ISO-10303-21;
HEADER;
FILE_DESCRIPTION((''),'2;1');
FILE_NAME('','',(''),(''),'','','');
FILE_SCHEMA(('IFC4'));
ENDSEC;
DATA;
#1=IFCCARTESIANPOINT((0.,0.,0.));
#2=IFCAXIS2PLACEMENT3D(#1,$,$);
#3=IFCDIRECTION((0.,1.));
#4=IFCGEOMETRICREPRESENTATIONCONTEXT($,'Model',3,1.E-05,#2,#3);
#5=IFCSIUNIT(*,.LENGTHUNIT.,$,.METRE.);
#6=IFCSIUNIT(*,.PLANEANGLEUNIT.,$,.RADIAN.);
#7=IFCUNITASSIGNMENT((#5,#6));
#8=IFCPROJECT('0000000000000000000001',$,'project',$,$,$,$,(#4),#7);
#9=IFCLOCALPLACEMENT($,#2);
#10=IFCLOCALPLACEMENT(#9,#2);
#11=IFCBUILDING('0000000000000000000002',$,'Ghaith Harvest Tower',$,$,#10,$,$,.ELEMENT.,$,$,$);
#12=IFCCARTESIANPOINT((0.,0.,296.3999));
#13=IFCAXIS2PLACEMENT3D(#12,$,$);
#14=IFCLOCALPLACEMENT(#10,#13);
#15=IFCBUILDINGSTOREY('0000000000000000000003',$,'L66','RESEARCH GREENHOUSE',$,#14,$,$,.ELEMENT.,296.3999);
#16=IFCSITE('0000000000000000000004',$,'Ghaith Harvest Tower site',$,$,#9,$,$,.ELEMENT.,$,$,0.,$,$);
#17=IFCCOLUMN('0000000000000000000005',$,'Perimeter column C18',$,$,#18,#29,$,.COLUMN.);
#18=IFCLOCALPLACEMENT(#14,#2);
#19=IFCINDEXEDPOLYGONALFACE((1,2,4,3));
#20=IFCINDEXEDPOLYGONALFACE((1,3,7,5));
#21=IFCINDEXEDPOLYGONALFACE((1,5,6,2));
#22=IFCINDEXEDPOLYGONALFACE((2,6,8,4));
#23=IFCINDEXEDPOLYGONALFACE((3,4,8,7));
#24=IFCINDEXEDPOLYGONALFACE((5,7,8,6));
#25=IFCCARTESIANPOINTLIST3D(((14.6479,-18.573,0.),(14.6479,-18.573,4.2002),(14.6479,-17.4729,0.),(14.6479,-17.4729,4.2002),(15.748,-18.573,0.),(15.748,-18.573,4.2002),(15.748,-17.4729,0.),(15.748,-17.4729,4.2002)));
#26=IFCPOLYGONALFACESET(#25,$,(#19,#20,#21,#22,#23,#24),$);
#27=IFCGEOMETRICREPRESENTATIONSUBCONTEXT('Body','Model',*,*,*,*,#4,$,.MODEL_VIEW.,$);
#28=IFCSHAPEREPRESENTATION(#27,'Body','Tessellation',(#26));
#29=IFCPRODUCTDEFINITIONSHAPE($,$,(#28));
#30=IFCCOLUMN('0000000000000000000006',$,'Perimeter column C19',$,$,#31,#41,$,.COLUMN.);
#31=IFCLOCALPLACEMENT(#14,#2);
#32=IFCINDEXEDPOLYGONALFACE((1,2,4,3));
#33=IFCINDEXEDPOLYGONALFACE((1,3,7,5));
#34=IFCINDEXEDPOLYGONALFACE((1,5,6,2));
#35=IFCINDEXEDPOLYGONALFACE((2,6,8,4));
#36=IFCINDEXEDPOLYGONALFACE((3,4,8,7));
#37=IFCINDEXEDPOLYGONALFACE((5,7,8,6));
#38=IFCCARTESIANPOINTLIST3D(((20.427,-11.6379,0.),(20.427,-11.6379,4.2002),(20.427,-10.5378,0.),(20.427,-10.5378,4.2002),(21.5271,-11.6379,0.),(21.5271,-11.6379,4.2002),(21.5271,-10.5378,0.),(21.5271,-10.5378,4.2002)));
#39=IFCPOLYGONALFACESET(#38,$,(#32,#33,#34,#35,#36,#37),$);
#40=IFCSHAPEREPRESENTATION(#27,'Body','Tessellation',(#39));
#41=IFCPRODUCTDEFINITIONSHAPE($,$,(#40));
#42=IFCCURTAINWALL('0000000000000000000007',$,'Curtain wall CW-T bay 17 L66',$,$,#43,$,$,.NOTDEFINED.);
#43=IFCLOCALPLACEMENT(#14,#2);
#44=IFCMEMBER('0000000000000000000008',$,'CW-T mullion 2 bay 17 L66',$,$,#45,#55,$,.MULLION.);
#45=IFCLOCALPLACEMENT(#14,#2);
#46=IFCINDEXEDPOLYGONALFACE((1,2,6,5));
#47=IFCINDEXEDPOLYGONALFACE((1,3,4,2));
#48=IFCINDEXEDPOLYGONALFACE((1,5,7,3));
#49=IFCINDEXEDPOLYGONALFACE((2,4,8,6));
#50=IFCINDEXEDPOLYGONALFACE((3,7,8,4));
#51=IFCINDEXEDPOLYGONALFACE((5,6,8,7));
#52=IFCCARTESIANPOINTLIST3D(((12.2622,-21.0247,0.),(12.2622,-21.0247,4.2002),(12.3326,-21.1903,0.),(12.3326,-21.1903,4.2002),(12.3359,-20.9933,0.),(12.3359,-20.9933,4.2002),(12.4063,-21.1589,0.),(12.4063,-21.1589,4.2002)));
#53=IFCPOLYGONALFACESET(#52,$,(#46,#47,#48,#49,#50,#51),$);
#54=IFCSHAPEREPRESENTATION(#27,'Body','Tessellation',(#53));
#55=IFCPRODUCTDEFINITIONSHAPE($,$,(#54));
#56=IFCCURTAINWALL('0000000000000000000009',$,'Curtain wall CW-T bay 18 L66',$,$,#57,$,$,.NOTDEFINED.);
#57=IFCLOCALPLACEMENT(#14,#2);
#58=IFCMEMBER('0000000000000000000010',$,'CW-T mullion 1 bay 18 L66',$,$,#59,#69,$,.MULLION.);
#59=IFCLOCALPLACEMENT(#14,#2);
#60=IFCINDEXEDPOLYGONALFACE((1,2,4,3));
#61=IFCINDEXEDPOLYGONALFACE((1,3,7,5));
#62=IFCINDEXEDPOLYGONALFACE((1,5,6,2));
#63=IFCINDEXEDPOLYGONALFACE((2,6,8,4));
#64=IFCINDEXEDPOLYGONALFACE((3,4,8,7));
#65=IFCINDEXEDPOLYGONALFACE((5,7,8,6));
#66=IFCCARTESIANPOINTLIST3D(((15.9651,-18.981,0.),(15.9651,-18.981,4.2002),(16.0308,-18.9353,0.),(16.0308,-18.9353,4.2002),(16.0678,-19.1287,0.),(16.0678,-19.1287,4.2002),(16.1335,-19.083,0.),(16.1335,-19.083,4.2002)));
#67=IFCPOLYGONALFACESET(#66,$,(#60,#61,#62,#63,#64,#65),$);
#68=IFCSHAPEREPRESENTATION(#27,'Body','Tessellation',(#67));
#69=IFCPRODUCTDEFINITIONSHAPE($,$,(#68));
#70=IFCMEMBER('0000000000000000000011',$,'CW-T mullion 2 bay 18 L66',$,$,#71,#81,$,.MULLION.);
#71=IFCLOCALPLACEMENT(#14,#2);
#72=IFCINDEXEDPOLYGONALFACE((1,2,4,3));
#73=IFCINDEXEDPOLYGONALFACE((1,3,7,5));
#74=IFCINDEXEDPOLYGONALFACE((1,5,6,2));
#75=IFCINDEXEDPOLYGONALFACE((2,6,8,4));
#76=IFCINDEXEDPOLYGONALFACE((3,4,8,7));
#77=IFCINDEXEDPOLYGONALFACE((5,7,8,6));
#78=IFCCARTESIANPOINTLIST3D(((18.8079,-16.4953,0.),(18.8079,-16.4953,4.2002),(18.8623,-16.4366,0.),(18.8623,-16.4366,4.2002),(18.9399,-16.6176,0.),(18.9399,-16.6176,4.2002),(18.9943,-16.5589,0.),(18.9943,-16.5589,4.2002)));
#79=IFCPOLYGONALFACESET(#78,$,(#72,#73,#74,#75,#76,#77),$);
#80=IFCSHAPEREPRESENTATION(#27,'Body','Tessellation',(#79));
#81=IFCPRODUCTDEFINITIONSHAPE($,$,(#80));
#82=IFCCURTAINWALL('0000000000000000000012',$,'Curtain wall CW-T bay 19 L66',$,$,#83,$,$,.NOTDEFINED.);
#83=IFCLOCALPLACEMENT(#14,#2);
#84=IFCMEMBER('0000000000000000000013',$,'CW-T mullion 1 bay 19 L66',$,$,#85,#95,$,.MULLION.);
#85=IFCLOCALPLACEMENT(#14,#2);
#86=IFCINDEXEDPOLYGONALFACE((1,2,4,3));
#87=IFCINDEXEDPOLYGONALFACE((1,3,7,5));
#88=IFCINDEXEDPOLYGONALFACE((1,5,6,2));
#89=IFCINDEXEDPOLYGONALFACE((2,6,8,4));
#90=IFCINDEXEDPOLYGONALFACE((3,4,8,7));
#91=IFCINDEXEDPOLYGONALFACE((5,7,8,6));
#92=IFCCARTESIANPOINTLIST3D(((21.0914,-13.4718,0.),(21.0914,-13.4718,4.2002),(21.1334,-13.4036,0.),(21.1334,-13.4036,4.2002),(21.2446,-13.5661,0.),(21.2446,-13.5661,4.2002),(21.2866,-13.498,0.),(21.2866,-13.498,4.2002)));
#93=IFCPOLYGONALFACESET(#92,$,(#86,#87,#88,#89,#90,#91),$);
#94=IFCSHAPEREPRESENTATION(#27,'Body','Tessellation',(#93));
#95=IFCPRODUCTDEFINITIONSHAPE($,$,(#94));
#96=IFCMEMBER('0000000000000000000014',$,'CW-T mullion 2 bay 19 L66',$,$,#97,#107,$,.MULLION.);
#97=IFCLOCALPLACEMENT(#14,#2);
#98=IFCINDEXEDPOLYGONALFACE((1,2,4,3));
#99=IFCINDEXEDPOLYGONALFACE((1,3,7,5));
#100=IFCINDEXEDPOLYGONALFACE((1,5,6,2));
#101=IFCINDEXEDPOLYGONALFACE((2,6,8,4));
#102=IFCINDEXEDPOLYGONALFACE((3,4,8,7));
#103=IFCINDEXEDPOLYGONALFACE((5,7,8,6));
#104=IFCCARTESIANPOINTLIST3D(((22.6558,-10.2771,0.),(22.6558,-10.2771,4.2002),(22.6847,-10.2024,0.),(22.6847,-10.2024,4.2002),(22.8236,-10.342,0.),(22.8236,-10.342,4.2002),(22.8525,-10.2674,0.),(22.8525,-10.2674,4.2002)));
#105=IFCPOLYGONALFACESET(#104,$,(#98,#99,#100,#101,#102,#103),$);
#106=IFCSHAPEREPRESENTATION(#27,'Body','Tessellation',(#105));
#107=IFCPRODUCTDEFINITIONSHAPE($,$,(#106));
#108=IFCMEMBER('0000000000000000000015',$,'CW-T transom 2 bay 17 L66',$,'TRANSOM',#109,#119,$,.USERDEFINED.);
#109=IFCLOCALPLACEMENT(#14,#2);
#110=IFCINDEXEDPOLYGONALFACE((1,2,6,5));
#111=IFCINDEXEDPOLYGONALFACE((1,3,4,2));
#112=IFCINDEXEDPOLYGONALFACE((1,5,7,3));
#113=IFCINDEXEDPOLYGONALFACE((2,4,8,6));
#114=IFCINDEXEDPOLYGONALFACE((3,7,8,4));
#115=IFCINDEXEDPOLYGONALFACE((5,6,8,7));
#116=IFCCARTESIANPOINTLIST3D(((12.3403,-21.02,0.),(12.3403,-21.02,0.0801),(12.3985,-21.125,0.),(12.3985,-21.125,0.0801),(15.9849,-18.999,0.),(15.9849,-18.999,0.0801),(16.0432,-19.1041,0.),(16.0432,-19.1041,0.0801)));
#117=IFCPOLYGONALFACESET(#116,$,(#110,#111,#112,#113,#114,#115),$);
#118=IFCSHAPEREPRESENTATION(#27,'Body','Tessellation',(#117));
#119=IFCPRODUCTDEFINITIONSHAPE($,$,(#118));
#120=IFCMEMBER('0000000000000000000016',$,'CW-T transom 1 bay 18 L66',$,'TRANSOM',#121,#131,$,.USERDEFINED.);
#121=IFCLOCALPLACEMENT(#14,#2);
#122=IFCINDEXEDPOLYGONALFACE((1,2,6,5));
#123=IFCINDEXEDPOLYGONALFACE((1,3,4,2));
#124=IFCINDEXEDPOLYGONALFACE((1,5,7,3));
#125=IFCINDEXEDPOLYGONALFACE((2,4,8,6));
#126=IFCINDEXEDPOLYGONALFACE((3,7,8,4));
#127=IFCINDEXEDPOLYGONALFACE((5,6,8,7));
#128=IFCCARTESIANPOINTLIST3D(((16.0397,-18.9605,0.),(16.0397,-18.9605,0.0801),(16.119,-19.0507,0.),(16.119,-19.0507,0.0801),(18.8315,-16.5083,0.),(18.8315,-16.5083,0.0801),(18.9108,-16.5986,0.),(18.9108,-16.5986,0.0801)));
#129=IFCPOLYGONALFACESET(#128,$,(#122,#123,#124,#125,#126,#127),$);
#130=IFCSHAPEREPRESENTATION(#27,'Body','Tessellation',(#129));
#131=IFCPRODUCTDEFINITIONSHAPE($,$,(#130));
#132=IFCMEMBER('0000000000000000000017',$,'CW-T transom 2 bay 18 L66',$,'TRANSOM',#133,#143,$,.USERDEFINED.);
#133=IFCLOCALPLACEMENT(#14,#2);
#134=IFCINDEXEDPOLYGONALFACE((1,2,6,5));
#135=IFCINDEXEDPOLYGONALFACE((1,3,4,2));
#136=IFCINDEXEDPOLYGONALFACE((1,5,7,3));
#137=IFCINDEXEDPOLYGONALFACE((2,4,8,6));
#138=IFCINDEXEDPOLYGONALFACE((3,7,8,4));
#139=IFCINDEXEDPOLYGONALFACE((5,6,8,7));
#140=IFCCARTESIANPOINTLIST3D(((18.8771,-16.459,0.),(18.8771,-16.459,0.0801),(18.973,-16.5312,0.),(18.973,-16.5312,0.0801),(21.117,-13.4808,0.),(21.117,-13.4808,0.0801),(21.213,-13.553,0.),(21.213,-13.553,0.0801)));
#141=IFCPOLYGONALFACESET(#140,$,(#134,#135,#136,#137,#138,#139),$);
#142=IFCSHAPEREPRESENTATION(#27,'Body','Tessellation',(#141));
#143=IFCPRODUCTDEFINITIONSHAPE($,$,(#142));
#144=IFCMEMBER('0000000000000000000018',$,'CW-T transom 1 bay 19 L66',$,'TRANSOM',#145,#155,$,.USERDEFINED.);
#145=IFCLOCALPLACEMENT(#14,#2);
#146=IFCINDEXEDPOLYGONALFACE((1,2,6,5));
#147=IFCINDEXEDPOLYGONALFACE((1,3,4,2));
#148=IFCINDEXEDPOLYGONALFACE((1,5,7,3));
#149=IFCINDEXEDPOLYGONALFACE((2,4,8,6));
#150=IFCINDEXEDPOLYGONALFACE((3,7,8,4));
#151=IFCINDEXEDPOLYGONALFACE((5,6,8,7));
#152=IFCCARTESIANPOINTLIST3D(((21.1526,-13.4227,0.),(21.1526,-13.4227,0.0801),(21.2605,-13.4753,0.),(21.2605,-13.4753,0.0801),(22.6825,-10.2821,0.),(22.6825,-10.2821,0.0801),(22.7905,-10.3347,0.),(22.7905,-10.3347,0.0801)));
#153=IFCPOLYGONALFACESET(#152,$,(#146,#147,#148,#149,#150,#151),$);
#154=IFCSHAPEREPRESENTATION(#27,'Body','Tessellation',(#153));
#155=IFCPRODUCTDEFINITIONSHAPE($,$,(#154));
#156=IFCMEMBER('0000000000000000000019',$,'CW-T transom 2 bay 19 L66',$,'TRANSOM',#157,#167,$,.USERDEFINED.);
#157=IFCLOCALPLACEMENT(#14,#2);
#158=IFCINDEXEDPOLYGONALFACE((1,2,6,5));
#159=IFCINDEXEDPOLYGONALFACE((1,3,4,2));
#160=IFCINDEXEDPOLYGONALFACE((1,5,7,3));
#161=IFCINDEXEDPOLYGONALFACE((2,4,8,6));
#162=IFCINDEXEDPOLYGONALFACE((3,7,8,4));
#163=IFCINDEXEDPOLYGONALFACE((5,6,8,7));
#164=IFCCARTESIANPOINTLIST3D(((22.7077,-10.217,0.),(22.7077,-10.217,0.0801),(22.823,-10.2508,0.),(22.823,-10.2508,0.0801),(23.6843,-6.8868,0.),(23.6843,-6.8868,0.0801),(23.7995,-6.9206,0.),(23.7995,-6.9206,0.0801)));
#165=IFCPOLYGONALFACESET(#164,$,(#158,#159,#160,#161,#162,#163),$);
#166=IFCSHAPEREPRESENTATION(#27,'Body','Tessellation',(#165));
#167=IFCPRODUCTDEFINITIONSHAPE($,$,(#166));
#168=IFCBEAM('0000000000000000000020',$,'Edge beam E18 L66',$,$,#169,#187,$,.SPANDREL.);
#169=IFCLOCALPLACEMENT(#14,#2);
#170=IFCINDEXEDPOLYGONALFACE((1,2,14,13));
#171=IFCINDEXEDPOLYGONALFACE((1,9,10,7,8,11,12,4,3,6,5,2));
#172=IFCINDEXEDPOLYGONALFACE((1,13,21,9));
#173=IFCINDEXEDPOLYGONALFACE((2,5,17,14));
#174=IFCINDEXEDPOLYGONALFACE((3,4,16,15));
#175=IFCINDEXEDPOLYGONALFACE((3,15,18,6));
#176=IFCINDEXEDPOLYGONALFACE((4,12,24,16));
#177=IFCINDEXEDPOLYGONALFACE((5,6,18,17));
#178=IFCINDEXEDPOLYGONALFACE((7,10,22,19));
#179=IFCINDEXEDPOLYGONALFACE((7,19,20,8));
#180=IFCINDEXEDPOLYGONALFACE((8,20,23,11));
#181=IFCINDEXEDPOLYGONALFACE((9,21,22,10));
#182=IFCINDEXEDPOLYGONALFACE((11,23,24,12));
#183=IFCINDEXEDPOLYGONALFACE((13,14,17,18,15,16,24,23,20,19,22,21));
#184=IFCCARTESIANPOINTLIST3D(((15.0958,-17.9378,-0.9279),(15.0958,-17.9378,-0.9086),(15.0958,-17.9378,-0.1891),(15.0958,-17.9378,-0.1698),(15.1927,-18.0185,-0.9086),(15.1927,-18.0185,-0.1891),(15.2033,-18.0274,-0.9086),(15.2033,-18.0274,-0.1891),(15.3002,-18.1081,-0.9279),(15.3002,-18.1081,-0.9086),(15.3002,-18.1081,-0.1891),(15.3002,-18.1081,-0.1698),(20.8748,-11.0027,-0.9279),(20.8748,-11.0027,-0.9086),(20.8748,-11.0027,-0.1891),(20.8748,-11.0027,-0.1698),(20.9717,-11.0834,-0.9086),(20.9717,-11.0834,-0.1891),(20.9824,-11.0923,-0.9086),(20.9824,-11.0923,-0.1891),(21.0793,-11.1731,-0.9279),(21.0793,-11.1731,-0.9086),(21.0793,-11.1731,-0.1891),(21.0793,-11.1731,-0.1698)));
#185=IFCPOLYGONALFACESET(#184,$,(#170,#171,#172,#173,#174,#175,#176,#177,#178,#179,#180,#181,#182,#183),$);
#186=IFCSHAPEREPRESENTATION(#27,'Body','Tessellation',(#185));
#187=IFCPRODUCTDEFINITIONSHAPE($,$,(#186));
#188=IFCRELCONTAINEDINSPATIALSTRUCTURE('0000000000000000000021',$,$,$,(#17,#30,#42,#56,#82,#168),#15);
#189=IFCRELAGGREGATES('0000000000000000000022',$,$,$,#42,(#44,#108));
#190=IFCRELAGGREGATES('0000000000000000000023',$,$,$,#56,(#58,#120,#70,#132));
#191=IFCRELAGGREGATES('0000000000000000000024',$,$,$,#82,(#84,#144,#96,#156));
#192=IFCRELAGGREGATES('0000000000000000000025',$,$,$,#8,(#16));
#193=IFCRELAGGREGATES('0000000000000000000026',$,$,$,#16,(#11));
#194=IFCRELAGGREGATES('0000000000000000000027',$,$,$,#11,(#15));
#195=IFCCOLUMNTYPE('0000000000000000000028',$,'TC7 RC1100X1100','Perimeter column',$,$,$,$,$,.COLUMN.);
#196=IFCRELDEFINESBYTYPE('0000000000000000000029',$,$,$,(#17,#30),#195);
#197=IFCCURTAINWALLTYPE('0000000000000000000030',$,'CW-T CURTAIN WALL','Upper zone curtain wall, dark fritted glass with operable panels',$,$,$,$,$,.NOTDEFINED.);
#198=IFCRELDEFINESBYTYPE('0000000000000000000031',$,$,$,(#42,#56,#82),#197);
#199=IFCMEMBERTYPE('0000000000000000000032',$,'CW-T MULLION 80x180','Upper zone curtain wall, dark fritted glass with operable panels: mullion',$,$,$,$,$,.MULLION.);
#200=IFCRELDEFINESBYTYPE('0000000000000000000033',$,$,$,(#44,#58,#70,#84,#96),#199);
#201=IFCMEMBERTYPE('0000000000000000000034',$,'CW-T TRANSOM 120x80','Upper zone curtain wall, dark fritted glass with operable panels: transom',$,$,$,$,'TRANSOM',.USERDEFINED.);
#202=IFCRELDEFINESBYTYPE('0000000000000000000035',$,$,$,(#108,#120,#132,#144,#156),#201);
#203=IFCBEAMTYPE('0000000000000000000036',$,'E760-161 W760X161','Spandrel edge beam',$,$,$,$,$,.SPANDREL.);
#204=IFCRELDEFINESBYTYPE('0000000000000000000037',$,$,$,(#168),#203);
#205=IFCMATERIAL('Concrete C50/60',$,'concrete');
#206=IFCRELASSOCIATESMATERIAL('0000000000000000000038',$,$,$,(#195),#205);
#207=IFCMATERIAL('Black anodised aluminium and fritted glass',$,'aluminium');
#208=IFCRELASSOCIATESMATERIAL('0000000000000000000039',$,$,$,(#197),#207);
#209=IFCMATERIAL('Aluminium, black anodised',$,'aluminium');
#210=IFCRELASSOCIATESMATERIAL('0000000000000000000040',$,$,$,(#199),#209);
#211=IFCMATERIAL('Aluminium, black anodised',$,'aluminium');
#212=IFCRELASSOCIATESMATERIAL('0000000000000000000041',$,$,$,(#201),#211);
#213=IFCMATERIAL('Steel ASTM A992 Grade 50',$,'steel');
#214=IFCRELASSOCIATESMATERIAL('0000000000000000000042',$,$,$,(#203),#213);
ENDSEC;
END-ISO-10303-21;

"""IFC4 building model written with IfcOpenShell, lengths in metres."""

from ifc_helpers import new_model, si_unit, direction, frame, origin, origin_2d, place, context, subcontext, project, spatial, rectangle, i_section, extrude, material, material_profile, profile_set, type_object, element, aggregate, save


model = new_model("IFC4")

# Units and contexts
model_context = context("Model", 3, precision=1e-05, world=origin(), true_north=direction((0.0, 1.0)))
body_context = subcontext(model_context, "Body", "Model", "MODEL_VIEW")
ifc_project = project(units=[si_unit("LENGTHUNIT", "METRE"), si_unit("PLANEANGLEUNIT", "RADIAN")], contexts=[model_context])

# Site, building, storey
site_placement = place(None, origin())
site = spatial("IfcSite", under=ifc_project, at=site_placement, Name="Ghaith Harvest Tower site", CompositionType="ELEMENT", RefElevation=0.0)
building_placement = place(site_placement, origin())
building = spatial("IfcBuilding", under=site, at=building_placement, Name="Ghaith Harvest Tower", CompositionType="ELEMENT")
storey_placement = place(building_placement, frame((0.0, 0.0, 296.3999)))
storey = spatial("IfcBuildingStorey", under=building, at=storey_placement, Name="L66", Description="RESEARCH GREENHOUSE", CompositionType="ELEMENT", Elevation=296.3999)

# Columns
ifc_material_1 = material(Name="Concrete C50/60", Category="concrete")
ifc_material_profile_1 = material_profile(ifc_material_1, rectangle(XDim=1.1001, YDim=1.1001, at=origin_2d()), Name="RC1100X1100")
ifc_profile_set_1 = profile_set([ifc_material_profile_1], Name="Concrete C50/60")
column_type = type_object("IfcColumnType", Name="TC7 RC1100X1100", Description="Perimeter column", PredefinedType="COLUMN", material=ifc_profile_set_1)
for number, where, z_axis, x_axis, name in (
    (1, (15.198, -18.0229, 0.0), (0.0, 0.0, 1.0), (1.0, 0.0, 0.0), "Perimeter column C18"),
    (2, (20.9771, -11.0879, 0.0), (0.0, 0.0, 1.0), (1.0, 0.0, 0.0), "Perimeter column C19"),
):
    element("IfcColumn", number, at=place(storey_placement, frame(where, z_axis=z_axis, x_axis=x_axis)), inside=storey, type_object=column_type, Name=name, PredefinedType="COLUMN", context=body_context, shape_type="SweptSolid", body=[
        extrude(rectangle(XDim=1.1001, YDim=1.1001, at=origin_2d()), origin(), (0.0, 0.0, 1.0), 4.2002),
    ])

# Curtain wall, member
ifc_material_2 = material(Name="Black anodised aluminium and fritted glass", Category="aluminium")
curtain_wall_type = type_object("IfcCurtainWallType", Name="CW-T CURTAIN WALL", Description="Upper zone curtain wall, dark fritted glass with operable panels", PredefinedType="NOTDEFINED", material=ifc_material_2)
curtain_wall_1_placement = place(storey_placement, origin())
curtain_wall_1 = element("IfcCurtainWall", 3, at=curtain_wall_1_placement, inside=storey, type_object=curtain_wall_type, Name="Curtain wall CW-T bay 17 L66", PredefinedType="NOTDEFINED")
ifc_material_3 = material(Name="Aluminium, black anodised", Category="aluminium")
ifc_material_profile_2 = material_profile(ifc_material_3, rectangle(XDim=0.0801, YDim=0.1799, at=origin_2d()), Name="CW-T MULLION 80x180")
ifc_profile_set_2 = profile_set([ifc_material_profile_2], Name="Aluminium, black anodised")
member_type_1 = type_object("IfcMemberType", Name="CW-T MULLION 80x180", Description="Upper zone curtain wall, dark fritted glass with operable panels: mullion", PredefinedType="MULLION", material=ifc_profile_set_2)
member_1_placement = place(storey_placement, frame((12.3342, -21.0918, 0.0), z_axis=(0.0, 0.0, 1.0), x_axis=(0.920319, 0.391168, 0.0)))
member_1 = element("IfcMember", 4, at=member_1_placement, type_object=member_type_1, Name="CW-T mullion 2 bay 17 L66", PredefinedType="MULLION", context=body_context, shape_type="SweptSolid", body=[
    extrude(rectangle(XDim=0.0801, YDim=0.1799, at=origin_2d()), origin(), (0.0, 0.0, 1.0), 4.2002),
])

# Curtain walls, members
curtain_wall_2_placement = place(storey_placement, origin())
curtain_wall_2 = element("IfcCurtainWall", 5, at=curtain_wall_2_placement, inside=storey, type_object=curtain_wall_type, Name="Curtain wall CW-T bay 18 L66", PredefinedType="NOTDEFINED")
member_2_placement = place(storey_placement, frame((16.0493, -19.032, 0.0), z_axis=(0.0, 0.0, 1.0), x_axis=(0.821112, 0.570767, 0.0)))
member_2 = element("IfcMember", 6, at=member_2_placement, type_object=member_type_1, Name="CW-T mullion 1 bay 18 L66", PredefinedType="MULLION", context=body_context, shape_type="SweptSolid", body=[
    extrude(rectangle(XDim=0.0801, YDim=0.1799, at=origin_2d()), origin(), (0.0, 0.0, 1.0), 4.2002),
])
member_3_placement = place(storey_placement, frame((18.9011, -16.5271, 0.0), z_axis=(0.0, 0.0, 1.0), x_axis=(0.679661, 0.733526, 0.0)))
member_3 = element("IfcMember", 7, at=member_3_placement, type_object=member_type_1, Name="CW-T mullion 2 bay 18 L66", PredefinedType="MULLION", context=body_context, shape_type="SweptSolid", body=[
    extrude(rectangle(XDim=0.0801, YDim=0.1799, at=origin_2d()), origin(), (0.0, 0.0, 1.0), 4.2002),
])
curtain_wall_3_placement = place(storey_placement, origin())
curtain_wall_3 = element("IfcCurtainWall", 8, at=curtain_wall_3_placement, inside=storey, type_object=curtain_wall_type, Name="Curtain wall CW-T bay 19 L66", PredefinedType="NOTDEFINED")
member_4_placement = place(storey_placement, frame((21.189, -13.4849, 0.0), z_axis=(0.0, 0.0, 1.0), x_axis=(0.524482, 0.851421, 0.0)))
member_4 = element("IfcMember", 9, at=member_4_placement, type_object=member_type_1, Name="CW-T mullion 1 bay 19 L66", PredefinedType="MULLION", context=body_context, shape_type="SweptSolid", body=[
    extrude(rectangle(XDim=0.0801, YDim=0.1799, at=origin_2d()), origin(), (0.0, 0.0, 1.0), 4.2002),
])
member_5_placement = place(storey_placement, frame((22.7542, -10.2722, 0.0), z_axis=(0.0, 0.0, 1.0), x_axis=(0.361184, 0.932494, 0.0)))
member_5 = element("IfcMember", 10, at=member_5_placement, type_object=member_type_1, Name="CW-T mullion 2 bay 19 L66", PredefinedType="MULLION", context=body_context, shape_type="SweptSolid", body=[
    extrude(rectangle(XDim=0.0801, YDim=0.1799, at=origin_2d()), origin(), (0.0, 0.0, 1.0), 4.2002),
])

# Members
ifc_material_4 = material(Name="Aluminium, black anodised", Category="aluminium")
ifc_material_profile_3 = material_profile(ifc_material_4, rectangle(XDim=0.1201, YDim=0.0801, at=origin_2d()), Name="CW-T TRANSOM 120x80")
ifc_profile_set_3 = profile_set([ifc_material_profile_3], Name="Aluminium, black anodised")
member_type_2 = type_object("IfcMemberType", Name="CW-T TRANSOM 120x80", Description="Upper zone curtain wall, dark fritted glass with operable panels: transom", ElementType="TRANSOM", PredefinedType="USERDEFINED", material=ifc_profile_set_3)
member_6_placement = place(storey_placement, frame((12.3694, -21.0725, 0.04), z_axis=(0.874552, 0.484932, 0.0), x_axis=(-0.484932, 0.874552, 0.0)))
member_6 = element("IfcMember", 11, at=member_6_placement, type_object=member_type_2, Name="CW-T transom 2 bay 17 L66", ObjectType="TRANSOM", PredefinedType="USERDEFINED", context=body_context, shape_type="SweptSolid", body=[
    extrude(rectangle(XDim=0.1201, YDim=0.0801, at=origin_2d()), origin(), (0.0, 0.0, 1.0), 4.1675),
])
member_7_placement = place(storey_placement, frame((16.0793, -19.0056, 0.04), z_axis=(0.751326, 0.659931, 0.0), x_axis=(-0.659931, 0.751326, 0.0)))
member_7 = element("IfcMember", 12, at=member_7_placement, type_object=member_type_2, Name="CW-T transom 1 bay 18 L66", ObjectType="TRANSOM", PredefinedType="USERDEFINED", context=body_context, shape_type="SweptSolid", body=[
    extrude(rectangle(XDim=0.1201, YDim=0.0801, at=origin_2d()), origin(), (0.0, 0.0, 1.0), 3.7158),
])
member_8_placement = place(storey_placement, frame((18.925, -16.4951, 0.04), z_axis=(0.601079, 0.79919, 0.0), x_axis=(-0.79919, 0.601079, 0.0)))
member_8 = element("IfcMember", 13, at=member_8_placement, type_object=member_type_2, Name="CW-T transom 2 bay 18 L66", ObjectType="TRANSOM", PredefinedType="USERDEFINED", context=body_context, shape_type="SweptSolid", body=[
    extrude(rectangle(XDim=0.1201, YDim=0.0801, at=origin_2d()), origin(), (0.0, 0.0, 1.0), 3.7266),
])
member_9_placement = place(storey_placement, frame((21.2065, -13.449, 0.04), z_axis=(0.437965, 0.898992, 0.0), x_axis=(-0.898992, 0.437965, 0.0)))
member_9 = element("IfcMember", 14, at=member_9_placement, type_object=member_type_2, Name="CW-T transom 1 bay 19 L66", ObjectType="TRANSOM", PredefinedType="USERDEFINED", context=body_context, shape_type="SweptSolid", body=[
    extrude(rectangle(XDim=0.1201, YDim=0.0801, at=origin_2d()), origin(), (0.0, 0.0, 1.0), 3.4934),
])
member_10_placement = place(storey_placement, frame((22.7654, -10.2339, 0.04), z_axis=(0.281385, 0.959595, 0.0), x_axis=(-0.959595, 0.281385, 0.0)))
member_10 = element("IfcMember", 15, at=member_10_placement, type_object=member_type_2, Name="CW-T transom 2 bay 19 L66", ObjectType="TRANSOM", PredefinedType="USERDEFINED", context=body_context, shape_type="SweptSolid", body=[
    extrude(rectangle(XDim=0.1201, YDim=0.0801, at=origin_2d()), origin(), (0.0, 0.0, 1.0), 3.4705),
])

# Beam
ifc_material_5 = material(Name="Steel ASTM A992 Grade 50", Category="steel")
ifc_material_profile_4 = material_profile(ifc_material_5, i_section(OverallWidth=0.2661, OverallDepth=0.7581, WebThickness=0.0139, FlangeThickness=0.0193, at=origin_2d()), Name="W760X161")
ifc_profile_set_4 = profile_set([ifc_material_profile_4], Name="Steel ASTM A992 Grade 50")
beam_type_1 = type_object("IfcBeamType", Name="E760-161 W760X161", Description="Spandrel edge beam", PredefinedType="SPANDREL", material=ifc_profile_set_4)
beam_1_placement = place(storey_placement, frame((15.198, -18.0229, -0.5488), z_axis=(0.640174, 0.76823, 0.0), x_axis=(-0.76823, 0.640174, 0.0)))
element("IfcBeam", 16, at=beam_1_placement, inside=storey, type_object=beam_type_1, Name="Edge beam E18 L66", PredefinedType="SPANDREL", context=body_context, shape_type="SweptSolid", body=[
    extrude(i_section(OverallWidth=0.2661, OverallDepth=0.7581, WebThickness=0.0139, FlangeThickness=0.0193, at=origin_2d()), origin(), (0.0, 0.0, 1.0), 9.0273),
])

aggregate(curtain_wall_1, [member_1, member_6])
aggregate(curtain_wall_2, [member_2, member_7, member_3, member_8])
aggregate(curtain_wall_3, [member_4, member_9, member_5, member_10])

save(model, "model.ifc")
